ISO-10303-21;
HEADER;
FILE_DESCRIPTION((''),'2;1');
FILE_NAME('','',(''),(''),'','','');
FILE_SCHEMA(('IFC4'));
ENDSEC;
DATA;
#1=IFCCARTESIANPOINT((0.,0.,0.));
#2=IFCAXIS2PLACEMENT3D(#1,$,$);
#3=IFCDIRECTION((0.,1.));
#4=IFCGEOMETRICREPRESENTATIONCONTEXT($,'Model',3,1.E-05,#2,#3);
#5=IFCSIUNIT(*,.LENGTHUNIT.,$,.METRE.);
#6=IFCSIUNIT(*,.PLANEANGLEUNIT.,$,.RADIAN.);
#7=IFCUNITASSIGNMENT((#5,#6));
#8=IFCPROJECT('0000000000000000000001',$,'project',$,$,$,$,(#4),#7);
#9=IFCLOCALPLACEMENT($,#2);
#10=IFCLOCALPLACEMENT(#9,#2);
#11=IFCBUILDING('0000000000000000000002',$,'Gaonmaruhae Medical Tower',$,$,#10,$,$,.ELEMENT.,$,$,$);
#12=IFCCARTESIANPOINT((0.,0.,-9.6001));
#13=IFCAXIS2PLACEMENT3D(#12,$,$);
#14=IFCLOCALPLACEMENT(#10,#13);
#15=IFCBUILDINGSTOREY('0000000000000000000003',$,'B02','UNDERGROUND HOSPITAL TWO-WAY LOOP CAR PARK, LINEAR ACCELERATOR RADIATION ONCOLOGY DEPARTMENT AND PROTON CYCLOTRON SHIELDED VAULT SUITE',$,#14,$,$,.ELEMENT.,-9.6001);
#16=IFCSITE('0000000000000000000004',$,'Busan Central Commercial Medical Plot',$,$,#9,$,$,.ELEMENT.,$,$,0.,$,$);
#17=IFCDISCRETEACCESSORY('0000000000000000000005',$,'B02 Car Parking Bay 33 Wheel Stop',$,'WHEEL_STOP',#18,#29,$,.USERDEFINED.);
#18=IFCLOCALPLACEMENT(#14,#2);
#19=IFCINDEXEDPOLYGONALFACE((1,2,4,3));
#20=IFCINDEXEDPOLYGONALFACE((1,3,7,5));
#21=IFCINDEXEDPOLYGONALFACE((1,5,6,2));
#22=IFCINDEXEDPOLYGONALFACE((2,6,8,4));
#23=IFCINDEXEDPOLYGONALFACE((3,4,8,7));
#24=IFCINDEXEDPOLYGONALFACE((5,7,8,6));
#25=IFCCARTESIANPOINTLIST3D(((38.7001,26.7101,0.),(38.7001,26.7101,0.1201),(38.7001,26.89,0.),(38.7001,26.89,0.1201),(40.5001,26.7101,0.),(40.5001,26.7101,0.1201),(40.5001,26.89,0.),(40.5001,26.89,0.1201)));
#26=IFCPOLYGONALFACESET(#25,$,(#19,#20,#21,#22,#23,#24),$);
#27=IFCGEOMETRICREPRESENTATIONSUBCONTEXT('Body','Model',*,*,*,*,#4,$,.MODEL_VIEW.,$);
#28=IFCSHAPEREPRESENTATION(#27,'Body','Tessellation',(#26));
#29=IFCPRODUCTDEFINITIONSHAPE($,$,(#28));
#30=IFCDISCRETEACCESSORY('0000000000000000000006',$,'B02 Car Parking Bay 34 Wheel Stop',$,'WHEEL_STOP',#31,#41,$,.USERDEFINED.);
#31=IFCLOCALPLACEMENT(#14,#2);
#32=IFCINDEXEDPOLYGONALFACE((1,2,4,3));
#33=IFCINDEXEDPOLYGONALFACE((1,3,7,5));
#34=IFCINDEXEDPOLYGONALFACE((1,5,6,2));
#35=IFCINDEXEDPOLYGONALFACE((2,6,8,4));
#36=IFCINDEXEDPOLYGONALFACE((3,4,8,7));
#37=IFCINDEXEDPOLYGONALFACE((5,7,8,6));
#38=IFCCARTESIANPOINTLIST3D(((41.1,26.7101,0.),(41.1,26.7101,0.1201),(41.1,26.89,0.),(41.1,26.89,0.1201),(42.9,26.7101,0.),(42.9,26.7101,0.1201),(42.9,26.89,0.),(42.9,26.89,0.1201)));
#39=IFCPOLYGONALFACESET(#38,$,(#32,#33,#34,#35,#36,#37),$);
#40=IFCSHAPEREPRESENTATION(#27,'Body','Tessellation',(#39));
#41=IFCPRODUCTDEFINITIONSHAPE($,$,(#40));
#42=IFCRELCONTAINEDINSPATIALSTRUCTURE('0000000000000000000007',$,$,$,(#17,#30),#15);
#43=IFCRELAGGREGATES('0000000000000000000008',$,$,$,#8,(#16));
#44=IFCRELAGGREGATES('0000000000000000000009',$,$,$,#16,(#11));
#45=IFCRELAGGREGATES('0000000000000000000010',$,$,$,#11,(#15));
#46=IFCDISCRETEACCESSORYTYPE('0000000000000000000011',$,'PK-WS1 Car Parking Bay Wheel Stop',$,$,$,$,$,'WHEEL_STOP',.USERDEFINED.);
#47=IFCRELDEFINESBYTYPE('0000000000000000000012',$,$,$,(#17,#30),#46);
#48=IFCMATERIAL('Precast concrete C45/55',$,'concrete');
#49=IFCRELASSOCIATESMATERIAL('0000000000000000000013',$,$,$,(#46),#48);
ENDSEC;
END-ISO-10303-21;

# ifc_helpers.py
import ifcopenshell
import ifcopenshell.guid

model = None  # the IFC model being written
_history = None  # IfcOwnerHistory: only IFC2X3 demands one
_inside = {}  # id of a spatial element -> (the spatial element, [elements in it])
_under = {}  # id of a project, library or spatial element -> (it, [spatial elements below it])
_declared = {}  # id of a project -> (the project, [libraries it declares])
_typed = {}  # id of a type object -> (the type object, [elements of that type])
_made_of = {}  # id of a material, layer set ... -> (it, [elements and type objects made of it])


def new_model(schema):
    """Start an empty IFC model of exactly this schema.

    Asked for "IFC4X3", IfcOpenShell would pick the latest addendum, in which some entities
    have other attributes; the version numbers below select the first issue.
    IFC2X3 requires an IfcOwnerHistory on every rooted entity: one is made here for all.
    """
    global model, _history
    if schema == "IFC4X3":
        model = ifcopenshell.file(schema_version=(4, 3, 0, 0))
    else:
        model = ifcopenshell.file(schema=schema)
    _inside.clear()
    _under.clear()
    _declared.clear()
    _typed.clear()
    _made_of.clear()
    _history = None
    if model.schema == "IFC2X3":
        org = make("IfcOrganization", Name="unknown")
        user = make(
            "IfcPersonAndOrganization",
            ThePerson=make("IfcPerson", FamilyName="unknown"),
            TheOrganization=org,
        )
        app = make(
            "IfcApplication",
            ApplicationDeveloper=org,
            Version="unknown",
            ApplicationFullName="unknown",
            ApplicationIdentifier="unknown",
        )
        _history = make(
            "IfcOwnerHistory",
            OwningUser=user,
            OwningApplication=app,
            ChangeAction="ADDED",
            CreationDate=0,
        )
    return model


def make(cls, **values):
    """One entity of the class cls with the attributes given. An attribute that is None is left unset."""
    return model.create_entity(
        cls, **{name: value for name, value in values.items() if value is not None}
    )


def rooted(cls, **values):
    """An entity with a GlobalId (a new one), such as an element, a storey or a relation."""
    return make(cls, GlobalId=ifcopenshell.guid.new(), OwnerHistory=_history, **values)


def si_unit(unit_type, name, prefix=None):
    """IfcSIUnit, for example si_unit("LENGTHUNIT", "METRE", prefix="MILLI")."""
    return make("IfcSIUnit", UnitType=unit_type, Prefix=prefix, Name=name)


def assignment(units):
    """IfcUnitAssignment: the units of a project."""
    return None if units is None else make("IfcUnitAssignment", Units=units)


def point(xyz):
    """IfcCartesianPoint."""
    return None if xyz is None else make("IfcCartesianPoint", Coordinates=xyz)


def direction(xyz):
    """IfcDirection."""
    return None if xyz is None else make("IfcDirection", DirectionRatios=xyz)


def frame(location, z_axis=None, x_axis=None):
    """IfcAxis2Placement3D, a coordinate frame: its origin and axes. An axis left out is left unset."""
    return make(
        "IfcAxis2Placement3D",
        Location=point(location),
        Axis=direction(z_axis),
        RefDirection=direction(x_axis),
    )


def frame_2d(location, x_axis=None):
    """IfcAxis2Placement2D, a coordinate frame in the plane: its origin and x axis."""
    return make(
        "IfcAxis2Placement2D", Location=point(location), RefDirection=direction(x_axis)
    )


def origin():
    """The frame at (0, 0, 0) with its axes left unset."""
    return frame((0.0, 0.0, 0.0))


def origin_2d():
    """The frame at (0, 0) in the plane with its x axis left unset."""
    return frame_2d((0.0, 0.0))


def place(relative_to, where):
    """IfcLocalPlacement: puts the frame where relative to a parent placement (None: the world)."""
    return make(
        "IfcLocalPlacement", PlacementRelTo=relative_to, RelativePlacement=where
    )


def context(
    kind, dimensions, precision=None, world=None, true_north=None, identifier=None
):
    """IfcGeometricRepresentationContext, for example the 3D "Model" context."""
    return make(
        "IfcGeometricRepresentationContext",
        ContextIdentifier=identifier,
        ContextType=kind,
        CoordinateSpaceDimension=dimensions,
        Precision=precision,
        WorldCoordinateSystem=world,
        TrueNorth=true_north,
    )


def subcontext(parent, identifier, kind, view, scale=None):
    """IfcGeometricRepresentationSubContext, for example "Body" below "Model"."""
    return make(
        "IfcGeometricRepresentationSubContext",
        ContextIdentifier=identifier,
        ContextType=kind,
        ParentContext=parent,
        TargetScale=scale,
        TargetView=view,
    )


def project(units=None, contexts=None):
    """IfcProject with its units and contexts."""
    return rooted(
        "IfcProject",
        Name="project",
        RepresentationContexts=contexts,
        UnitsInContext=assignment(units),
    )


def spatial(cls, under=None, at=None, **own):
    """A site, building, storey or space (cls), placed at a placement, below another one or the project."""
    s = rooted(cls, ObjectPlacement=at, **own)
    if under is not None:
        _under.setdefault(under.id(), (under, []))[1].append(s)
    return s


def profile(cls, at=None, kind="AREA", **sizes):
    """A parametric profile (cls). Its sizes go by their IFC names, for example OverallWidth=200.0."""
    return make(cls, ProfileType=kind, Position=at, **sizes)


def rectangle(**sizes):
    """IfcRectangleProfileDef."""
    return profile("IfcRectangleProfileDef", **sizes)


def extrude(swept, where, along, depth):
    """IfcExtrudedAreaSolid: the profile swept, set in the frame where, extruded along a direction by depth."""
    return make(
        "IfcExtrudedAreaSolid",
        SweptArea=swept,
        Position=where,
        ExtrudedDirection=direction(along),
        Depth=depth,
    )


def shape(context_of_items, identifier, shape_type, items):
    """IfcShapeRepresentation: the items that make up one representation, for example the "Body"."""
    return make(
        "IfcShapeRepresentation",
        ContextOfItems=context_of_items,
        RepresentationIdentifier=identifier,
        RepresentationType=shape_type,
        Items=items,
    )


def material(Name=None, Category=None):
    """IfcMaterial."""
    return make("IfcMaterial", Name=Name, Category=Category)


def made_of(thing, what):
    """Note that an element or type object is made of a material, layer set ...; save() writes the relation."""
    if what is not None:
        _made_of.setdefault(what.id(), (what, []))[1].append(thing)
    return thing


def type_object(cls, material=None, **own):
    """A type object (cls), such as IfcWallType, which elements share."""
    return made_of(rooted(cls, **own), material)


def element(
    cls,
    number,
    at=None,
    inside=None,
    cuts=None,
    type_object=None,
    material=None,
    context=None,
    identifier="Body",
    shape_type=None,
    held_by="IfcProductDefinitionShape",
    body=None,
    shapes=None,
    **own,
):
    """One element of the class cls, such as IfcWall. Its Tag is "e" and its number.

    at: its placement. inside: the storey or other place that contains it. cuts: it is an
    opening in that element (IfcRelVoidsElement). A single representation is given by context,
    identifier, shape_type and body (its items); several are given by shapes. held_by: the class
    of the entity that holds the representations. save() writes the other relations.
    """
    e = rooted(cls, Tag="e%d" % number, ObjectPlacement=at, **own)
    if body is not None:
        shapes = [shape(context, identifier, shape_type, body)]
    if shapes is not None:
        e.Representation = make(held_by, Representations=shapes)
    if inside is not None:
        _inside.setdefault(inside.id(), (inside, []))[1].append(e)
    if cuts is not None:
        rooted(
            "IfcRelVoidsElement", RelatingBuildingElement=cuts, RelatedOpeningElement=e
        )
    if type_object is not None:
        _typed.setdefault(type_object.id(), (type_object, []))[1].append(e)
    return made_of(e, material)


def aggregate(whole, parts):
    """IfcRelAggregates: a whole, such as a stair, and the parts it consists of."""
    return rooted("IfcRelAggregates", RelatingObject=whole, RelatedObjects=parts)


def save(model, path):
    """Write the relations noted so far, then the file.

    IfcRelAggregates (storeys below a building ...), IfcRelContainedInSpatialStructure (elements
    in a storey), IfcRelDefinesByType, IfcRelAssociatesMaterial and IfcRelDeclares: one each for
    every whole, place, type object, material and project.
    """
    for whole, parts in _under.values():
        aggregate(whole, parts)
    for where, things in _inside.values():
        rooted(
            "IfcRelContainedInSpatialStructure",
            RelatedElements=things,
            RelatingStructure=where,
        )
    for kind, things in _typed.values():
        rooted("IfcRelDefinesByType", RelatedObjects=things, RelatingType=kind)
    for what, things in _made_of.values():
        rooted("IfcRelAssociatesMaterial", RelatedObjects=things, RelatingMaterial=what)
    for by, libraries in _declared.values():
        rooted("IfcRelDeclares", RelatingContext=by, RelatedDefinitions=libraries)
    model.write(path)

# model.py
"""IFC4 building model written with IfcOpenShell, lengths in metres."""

from ifc_helpers import new_model, si_unit, direction, frame, origin, origin_2d, place, context, subcontext, project, spatial, rectangle, extrude, material, type_object, element, save


model = new_model("IFC4")

# Units and contexts
model_context = context("Model", 3, precision=1e-05, world=origin(), true_north=direction((0.0, 1.0)))
body_context = subcontext(model_context, "Body", "Model", "MODEL_VIEW")
ifc_project = project(units=[si_unit("LENGTHUNIT", "METRE"), si_unit("PLANEANGLEUNIT", "RADIAN")], contexts=[model_context])

# Site, building, storey
site_placement = place(None, origin())
site = spatial("IfcSite", under=ifc_project, at=site_placement, Name="Busan Central Commercial Medical Plot", CompositionType="ELEMENT", RefElevation=0.0)
building_placement = place(site_placement, origin())
building = spatial("IfcBuilding", under=site, at=building_placement, Name="Gaonmaruhae Medical Tower", CompositionType="ELEMENT")
storey_placement = place(building_placement, frame((0.0, 0.0, -9.6001)))
storey = spatial("IfcBuildingStorey", under=building, at=storey_placement, Name="B02", Description="UNDERGROUND HOSPITAL TWO-WAY LOOP CAR PARK, LINEAR ACCELERATOR RADIATION ONCOLOGY DEPARTMENT AND PROTON CYCLOTRON SHIELDED VAULT SUITE", CompositionType="ELEMENT", Elevation=-9.6001)

# Discrete accessories
ifc_material_1 = material(Name="Precast concrete C45/55", Category="concrete")
discrete_accessory_type = type_object("IfcDiscreteAccessoryType", Name="PK-WS1 Car Parking Bay Wheel Stop", ElementType="WHEEL_STOP", PredefinedType="USERDEFINED", material=ifc_material_1)
for number, where, z_axis, x_axis, name in (
    (1, (39.6001, 26.8, 0.0), (0.0, 0.0, 1.0), (1.0, 0.0, 0.0), "B02 Car Parking Bay 33 Wheel Stop"),
    (2, (42.0, 26.8, 0.0), (0.0, 0.0, 1.0), (1.0, 0.0, 0.0), "B02 Car Parking Bay 34 Wheel Stop"),
):
    element("IfcDiscreteAccessory", number, at=place(storey_placement, frame(where, z_axis=z_axis, x_axis=x_axis)), inside=storey, type_object=discrete_accessory_type, Name=name, ObjectType="WHEEL_STOP", PredefinedType="USERDEFINED", context=body_context, shape_type="SweptSolid", body=[
        extrude(rectangle(XDim=1.8, YDim=0.1799, at=origin_2d()), origin(), (0.0, 0.0, 1.0), 0.1201),
    ])

save(model, "model.ifc")
